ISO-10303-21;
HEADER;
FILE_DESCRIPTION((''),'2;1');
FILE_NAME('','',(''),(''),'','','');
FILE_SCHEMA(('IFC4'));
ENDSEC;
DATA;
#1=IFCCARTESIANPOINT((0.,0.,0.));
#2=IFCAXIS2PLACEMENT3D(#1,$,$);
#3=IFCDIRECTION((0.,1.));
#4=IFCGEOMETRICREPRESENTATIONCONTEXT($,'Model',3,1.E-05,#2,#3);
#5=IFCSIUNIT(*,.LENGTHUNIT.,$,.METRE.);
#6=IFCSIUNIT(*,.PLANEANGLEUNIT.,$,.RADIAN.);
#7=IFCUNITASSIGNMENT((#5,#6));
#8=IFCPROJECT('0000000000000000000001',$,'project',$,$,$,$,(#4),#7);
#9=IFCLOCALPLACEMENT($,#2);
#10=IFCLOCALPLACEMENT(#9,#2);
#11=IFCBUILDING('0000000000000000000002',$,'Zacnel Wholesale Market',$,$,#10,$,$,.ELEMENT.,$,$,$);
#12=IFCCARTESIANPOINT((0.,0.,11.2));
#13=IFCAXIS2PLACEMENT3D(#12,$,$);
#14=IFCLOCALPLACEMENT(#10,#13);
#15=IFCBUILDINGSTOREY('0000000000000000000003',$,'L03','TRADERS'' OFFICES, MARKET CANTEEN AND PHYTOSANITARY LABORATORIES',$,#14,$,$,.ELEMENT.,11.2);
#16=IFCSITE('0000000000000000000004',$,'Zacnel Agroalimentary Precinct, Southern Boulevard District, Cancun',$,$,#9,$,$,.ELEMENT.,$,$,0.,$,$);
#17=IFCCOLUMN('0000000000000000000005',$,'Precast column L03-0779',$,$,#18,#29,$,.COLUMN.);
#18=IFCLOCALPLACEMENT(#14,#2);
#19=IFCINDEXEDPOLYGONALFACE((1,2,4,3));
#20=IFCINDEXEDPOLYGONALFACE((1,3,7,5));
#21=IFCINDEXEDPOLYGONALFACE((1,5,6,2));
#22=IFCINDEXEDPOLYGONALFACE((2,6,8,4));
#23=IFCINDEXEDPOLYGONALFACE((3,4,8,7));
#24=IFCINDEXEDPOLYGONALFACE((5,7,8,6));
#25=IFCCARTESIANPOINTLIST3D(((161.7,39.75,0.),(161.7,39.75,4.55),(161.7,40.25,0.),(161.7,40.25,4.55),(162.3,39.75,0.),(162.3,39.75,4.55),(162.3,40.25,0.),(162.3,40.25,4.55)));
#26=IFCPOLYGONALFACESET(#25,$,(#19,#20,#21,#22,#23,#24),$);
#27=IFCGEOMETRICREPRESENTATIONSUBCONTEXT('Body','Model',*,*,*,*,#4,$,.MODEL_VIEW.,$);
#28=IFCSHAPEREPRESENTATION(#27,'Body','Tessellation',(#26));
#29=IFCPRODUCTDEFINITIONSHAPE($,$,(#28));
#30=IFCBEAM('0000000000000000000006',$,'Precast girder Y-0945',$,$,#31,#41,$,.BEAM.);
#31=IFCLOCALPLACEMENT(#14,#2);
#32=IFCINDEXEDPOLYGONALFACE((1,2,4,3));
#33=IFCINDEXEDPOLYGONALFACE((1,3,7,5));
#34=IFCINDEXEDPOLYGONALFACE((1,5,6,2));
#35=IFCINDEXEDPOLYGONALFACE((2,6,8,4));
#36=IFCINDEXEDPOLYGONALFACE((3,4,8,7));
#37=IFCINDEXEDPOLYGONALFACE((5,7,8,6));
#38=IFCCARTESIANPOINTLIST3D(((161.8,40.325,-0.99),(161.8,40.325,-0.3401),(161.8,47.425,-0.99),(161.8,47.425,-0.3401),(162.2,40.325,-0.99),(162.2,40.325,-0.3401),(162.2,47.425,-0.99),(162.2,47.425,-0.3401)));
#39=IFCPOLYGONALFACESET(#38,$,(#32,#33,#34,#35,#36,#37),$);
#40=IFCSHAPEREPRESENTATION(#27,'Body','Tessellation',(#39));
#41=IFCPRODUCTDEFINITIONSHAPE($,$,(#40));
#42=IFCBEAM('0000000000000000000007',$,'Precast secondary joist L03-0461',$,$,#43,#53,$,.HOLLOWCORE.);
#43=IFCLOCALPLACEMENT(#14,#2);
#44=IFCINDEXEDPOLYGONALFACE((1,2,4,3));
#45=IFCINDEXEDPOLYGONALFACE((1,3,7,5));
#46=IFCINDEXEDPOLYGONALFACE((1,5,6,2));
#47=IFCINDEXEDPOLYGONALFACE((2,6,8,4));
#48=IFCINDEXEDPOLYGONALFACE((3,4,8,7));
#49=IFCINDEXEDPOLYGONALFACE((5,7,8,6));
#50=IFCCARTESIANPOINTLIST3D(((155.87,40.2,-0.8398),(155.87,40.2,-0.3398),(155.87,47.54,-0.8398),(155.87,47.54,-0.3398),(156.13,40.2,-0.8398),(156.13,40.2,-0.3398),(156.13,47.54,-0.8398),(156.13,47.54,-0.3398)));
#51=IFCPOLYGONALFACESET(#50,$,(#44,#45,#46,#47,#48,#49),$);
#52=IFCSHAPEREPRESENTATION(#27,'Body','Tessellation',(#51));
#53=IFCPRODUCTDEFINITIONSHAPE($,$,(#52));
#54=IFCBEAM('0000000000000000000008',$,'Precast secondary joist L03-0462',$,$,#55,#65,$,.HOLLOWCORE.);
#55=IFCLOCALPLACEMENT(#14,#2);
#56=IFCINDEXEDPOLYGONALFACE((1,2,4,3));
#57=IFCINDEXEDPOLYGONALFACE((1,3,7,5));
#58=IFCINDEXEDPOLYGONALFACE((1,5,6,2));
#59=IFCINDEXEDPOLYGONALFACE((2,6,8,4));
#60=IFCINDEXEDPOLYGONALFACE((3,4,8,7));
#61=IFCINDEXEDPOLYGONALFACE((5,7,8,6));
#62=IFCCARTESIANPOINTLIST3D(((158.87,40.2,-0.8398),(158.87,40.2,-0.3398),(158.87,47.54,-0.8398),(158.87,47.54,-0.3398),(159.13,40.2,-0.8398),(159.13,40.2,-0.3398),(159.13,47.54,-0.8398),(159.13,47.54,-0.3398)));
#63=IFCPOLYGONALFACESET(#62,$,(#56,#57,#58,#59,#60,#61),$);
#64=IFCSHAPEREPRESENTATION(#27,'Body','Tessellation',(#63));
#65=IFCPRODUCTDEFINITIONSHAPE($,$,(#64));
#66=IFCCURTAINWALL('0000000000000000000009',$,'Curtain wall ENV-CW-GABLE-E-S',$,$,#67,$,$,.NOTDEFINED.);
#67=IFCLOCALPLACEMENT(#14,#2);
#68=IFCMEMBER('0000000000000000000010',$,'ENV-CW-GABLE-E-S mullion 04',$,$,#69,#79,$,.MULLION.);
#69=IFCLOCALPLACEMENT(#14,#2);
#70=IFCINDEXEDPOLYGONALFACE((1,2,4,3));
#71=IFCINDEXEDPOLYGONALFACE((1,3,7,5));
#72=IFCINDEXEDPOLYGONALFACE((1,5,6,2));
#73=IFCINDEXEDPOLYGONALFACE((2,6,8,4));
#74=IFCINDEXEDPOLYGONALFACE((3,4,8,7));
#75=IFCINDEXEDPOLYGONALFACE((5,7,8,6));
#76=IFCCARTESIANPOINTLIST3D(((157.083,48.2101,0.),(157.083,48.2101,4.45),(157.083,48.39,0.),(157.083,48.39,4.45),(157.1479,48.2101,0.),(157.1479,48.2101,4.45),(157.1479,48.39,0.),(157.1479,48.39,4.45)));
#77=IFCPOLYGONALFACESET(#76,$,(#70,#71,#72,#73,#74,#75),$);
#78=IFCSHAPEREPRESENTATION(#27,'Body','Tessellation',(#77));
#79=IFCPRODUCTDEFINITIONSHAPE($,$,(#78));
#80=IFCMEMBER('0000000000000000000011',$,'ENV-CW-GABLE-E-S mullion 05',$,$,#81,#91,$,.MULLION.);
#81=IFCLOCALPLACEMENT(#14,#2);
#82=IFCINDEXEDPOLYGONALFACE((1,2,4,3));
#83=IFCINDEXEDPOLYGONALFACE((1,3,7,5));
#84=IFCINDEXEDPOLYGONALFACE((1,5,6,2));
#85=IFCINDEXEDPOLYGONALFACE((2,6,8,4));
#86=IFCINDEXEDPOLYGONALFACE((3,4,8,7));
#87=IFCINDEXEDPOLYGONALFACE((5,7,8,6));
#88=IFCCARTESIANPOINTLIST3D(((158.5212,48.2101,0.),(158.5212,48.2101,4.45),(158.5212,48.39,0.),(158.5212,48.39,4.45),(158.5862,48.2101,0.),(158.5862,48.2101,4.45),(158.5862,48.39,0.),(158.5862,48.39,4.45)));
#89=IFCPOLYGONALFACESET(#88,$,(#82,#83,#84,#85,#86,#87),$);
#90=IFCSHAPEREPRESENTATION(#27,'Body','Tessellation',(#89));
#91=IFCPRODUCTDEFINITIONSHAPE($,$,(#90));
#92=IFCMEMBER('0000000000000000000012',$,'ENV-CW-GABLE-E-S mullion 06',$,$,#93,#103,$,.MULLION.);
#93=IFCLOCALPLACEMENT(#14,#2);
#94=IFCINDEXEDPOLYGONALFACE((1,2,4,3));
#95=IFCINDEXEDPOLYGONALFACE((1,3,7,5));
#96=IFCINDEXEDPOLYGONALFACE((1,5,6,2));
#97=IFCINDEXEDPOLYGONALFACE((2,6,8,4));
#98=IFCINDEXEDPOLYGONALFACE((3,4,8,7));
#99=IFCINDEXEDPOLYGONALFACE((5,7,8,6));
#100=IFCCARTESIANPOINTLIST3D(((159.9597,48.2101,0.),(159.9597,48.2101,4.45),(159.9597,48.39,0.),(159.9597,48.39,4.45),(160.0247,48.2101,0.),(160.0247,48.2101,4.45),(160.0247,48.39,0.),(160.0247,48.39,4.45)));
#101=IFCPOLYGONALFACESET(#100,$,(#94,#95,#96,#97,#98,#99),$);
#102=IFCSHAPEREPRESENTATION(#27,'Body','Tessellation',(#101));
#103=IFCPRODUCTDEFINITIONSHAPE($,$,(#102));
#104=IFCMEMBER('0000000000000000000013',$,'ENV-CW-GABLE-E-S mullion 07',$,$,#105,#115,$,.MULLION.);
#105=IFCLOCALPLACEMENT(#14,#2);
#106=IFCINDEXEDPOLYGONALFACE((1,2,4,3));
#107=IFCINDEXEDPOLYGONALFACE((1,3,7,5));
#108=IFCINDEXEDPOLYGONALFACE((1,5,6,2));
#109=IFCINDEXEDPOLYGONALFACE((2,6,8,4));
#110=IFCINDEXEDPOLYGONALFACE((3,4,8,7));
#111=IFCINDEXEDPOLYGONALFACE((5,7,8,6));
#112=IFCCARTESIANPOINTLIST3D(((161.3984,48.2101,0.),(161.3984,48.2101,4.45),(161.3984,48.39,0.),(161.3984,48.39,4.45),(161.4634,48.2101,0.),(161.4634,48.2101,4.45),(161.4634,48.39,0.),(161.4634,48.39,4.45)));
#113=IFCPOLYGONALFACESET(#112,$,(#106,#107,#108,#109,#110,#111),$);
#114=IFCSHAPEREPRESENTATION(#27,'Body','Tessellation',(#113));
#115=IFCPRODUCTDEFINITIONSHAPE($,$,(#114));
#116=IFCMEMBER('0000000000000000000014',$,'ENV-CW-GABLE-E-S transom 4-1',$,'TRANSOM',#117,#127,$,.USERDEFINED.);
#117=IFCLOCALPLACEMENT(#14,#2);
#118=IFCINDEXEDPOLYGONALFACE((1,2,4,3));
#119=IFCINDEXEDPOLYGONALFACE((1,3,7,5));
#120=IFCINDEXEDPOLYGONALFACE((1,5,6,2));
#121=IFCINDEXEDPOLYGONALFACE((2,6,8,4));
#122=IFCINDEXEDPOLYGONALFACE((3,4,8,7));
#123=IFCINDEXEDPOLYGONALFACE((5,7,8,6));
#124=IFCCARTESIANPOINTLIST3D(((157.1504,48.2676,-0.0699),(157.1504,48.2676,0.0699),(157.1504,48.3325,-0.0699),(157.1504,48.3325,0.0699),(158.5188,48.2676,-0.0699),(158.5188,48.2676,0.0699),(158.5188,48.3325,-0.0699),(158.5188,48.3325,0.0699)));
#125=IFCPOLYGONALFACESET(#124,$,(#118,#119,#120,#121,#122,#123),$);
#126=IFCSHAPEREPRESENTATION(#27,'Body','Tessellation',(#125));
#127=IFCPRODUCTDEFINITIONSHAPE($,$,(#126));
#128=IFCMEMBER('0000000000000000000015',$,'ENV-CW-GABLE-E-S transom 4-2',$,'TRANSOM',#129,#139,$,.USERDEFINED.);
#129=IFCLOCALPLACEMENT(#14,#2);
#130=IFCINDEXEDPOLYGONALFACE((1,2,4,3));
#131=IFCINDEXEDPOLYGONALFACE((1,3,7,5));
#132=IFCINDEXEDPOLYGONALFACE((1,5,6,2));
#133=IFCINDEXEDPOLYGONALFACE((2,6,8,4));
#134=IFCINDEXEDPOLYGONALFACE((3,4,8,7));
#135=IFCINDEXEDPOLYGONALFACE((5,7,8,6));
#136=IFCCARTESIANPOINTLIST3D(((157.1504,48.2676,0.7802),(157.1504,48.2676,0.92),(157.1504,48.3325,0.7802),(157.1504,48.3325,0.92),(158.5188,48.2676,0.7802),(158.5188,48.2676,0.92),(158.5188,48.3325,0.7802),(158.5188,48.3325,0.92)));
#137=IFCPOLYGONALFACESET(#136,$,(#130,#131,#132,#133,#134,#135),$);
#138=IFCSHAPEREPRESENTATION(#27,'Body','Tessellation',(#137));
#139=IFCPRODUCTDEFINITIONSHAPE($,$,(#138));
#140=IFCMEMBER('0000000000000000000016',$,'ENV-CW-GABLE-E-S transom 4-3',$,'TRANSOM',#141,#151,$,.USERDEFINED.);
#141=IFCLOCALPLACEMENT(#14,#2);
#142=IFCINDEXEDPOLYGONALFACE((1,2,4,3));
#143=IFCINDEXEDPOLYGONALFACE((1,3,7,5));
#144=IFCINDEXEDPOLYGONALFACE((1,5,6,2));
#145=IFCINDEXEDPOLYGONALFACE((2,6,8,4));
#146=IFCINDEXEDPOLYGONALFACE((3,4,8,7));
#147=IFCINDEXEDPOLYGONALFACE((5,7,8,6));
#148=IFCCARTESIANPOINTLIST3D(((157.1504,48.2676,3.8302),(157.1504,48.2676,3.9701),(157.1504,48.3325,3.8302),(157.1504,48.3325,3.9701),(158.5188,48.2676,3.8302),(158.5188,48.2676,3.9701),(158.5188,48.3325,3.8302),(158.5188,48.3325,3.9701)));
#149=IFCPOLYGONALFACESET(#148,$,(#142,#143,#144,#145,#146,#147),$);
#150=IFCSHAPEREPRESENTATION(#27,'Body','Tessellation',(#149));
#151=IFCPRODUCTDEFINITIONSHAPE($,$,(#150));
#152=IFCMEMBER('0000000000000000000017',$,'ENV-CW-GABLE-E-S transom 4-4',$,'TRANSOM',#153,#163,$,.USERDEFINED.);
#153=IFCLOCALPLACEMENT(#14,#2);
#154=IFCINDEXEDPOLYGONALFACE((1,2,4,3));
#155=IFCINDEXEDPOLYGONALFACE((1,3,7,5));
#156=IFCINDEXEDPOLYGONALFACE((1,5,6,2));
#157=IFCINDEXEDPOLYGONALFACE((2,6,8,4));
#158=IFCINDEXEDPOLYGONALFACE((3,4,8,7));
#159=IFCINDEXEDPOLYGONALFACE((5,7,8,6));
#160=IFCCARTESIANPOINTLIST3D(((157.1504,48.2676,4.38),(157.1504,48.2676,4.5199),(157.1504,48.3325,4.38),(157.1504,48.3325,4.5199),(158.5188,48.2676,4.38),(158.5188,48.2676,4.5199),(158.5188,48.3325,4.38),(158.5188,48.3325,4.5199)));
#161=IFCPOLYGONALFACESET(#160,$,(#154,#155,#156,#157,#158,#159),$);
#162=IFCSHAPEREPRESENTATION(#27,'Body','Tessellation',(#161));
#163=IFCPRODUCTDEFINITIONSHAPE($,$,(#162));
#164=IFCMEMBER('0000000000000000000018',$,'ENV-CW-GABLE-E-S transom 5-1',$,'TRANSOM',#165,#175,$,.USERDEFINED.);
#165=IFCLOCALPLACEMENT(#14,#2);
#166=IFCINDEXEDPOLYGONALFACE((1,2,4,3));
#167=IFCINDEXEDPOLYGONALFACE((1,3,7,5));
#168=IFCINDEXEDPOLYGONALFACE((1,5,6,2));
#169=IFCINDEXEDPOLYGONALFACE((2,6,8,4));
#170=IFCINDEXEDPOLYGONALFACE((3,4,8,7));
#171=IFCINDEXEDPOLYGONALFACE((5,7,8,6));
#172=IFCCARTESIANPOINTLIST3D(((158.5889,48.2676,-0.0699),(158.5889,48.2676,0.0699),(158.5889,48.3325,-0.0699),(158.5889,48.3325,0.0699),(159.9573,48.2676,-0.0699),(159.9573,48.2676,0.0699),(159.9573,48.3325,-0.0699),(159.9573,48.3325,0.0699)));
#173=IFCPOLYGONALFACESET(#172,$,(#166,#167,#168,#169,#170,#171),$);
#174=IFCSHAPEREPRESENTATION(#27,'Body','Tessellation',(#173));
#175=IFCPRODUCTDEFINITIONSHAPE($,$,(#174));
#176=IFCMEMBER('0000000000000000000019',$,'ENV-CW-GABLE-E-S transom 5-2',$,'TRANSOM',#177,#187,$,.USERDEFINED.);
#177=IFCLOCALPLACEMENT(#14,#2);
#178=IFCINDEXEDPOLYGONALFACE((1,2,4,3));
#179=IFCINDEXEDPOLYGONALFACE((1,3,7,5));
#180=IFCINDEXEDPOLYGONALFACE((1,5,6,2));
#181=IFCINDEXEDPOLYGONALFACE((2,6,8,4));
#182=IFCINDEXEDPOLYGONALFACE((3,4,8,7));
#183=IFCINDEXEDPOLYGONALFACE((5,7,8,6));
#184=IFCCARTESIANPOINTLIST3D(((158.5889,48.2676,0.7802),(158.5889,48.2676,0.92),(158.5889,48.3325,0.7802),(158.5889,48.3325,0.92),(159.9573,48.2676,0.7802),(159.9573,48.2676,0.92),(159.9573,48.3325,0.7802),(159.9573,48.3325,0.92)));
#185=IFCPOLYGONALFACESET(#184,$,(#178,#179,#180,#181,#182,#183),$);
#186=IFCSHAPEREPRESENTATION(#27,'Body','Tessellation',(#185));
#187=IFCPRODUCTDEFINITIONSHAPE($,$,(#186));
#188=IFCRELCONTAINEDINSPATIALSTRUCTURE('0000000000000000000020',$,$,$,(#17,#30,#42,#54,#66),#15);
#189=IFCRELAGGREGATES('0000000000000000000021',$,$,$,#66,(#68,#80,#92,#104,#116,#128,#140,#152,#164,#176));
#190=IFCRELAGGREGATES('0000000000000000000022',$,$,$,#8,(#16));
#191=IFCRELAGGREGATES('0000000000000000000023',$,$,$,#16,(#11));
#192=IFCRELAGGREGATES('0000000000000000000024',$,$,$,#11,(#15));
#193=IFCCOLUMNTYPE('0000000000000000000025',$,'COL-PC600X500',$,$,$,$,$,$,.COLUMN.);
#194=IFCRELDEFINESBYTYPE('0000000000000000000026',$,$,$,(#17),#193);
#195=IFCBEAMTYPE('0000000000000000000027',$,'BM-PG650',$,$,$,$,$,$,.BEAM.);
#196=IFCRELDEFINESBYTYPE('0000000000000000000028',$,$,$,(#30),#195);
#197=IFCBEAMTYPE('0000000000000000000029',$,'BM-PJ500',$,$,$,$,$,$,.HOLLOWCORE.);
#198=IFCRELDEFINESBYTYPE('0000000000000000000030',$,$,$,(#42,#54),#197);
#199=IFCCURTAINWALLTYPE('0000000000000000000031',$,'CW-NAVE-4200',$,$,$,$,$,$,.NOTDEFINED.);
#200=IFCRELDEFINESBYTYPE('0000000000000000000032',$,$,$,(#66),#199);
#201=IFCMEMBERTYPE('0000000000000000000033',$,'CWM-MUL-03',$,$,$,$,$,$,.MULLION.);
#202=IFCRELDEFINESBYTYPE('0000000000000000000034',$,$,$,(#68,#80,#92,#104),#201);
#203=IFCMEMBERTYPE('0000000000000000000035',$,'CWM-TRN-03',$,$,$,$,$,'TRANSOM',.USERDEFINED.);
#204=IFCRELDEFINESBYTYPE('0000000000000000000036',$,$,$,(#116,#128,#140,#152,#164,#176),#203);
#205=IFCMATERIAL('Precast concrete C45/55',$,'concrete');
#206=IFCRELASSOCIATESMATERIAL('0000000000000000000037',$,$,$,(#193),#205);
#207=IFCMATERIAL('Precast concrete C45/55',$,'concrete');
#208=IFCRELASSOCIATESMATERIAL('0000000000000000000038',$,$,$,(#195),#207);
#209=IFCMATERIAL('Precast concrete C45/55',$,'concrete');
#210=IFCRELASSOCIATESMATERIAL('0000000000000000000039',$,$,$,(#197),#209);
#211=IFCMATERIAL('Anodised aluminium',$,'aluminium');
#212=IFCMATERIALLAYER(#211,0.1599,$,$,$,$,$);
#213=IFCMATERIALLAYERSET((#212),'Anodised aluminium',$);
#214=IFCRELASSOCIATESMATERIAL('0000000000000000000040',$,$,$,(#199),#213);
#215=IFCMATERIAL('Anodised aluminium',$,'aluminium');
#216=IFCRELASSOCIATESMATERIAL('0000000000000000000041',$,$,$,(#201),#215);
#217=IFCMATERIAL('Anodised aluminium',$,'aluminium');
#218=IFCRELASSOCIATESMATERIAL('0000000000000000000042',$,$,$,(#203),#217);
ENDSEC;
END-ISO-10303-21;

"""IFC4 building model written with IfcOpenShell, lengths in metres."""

from ifc_helpers import new_model, si_unit, direction, frame, origin, origin_2d, place, context, subcontext, project, spatial, rectangle, extrude, material, layer, layer_set, material_profile, profile_set, type_object, element, aggregate, save


model = new_model("IFC4")

# Units and contexts
model_context = context("Model", 3, precision=1e-05, world=origin(), true_north=direction((0.0, 1.0)))
body_context = subcontext(model_context, "Body", "Model", "MODEL_VIEW")
ifc_project = project(units=[si_unit("LENGTHUNIT", "METRE"), si_unit("PLANEANGLEUNIT", "RADIAN")], contexts=[model_context])

# Site, building, storey
site_placement = place(None, origin())
site = spatial("IfcSite", under=ifc_project, at=site_placement, Name="Zacnel Agroalimentary Precinct, Southern Boulevard District, Cancun", CompositionType="ELEMENT", RefElevation=0.0)
building_placement = place(site_placement, origin())
building = spatial("IfcBuilding", under=site, at=building_placement, Name="Zacnel Wholesale Market", CompositionType="ELEMENT")
storey_placement = place(building_placement, frame((0.0, 0.0, 11.2)))
storey = spatial("IfcBuildingStorey", under=building, at=storey_placement, Name="L03", Description="TRADERS' OFFICES, MARKET CANTEEN AND PHYTOSANITARY LABORATORIES", CompositionType="ELEMENT", Elevation=11.2)

# Column
ifc_material_1 = material(Name="Precast concrete C45/55", Category="concrete")
ifc_material_profile_1 = material_profile(ifc_material_1, rectangle(XDim=0.6001, YDim=0.5, at=origin_2d()), Name="PC 600x500")
ifc_profile_set_1 = profile_set([ifc_material_profile_1], Name="Precast concrete C45/55")
column_type = type_object("IfcColumnType", Name="COL-PC600X500", PredefinedType="COLUMN", material=ifc_profile_set_1)
column_placement = place(storey_placement, frame((162.0, 40.0, 0.0), z_axis=(0.0, 0.0, 1.0), x_axis=(1.0, 0.0, 0.0)))
element("IfcColumn", 1, at=column_placement, inside=storey, type_object=column_type, Name="Precast column L03-0779", PredefinedType="COLUMN", context=body_context, shape_type="SweptSolid", body=[
    extrude(rectangle(XDim=0.6001, YDim=0.5, at=origin_2d()), origin(), (0.0, 0.0, 1.0), 4.55),
])

# Beams
ifc_material_2 = material(Name="Precast concrete C45/55", Category="concrete")
ifc_material_profile_2 = material_profile(ifc_material_2, rectangle(XDim=0.3999, YDim=0.6499, at=origin_2d()), Name="PG 400x650")
ifc_profile_set_2 = profile_set([ifc_material_profile_2], Name="Precast concrete C45/55")
beam_type_1 = type_object("IfcBeamType", Name="BM-PG650", PredefinedType="BEAM", material=ifc_profile_set_2)
beam_placement = place(storey_placement, frame((162.0, 40.325, -0.665), z_axis=(0.0, 1.0, 0.0), x_axis=(-1.0, 0.0, 0.0)))
element("IfcBeam", 2, at=beam_placement, inside=storey, type_object=beam_type_1, Name="Precast girder Y-0945", PredefinedType="BEAM", context=body_context, shape_type="SweptSolid", body=[
    extrude(rectangle(XDim=0.3999, YDim=0.6499, at=origin_2d()), origin(), (0.0, 0.0, 1.0), 7.1001),
])
ifc_material_3 = material(Name="Precast concrete C45/55", Category="concrete")
ifc_material_profile_3 = material_profile(ifc_material_3, rectangle(XDim=0.26, YDim=0.5, at=origin_2d()), Name="PJ 260x500")
ifc_profile_set_3 = profile_set([ifc_material_profile_3], Name="Precast concrete C45/55")
beam_type_2 = type_object("IfcBeamType", Name="BM-PJ500", PredefinedType="HOLLOWCORE", material=ifc_profile_set_3)
for number, where, z_axis, x_axis, name in (
    (3, (156.0, 40.2, -0.5898), (0.0, 1.0, 0.0), (-1.0, 0.0, 0.0), "Precast secondary joist L03-0461"),
    (4, (159.0, 40.2, -0.5898), (0.0, 1.0, 0.0), (-1.0, 0.0, 0.0), "Precast secondary joist L03-0462"),
):
    element("IfcBeam", number, at=place(storey_placement, frame(where, z_axis=z_axis, x_axis=x_axis)), inside=storey, type_object=beam_type_2, Name=name, PredefinedType="HOLLOWCORE", context=body_context, shape_type="SweptSolid", body=[
        extrude(rectangle(XDim=0.26, YDim=0.5, at=origin_2d()), origin(), (0.0, 0.0, 1.0), 7.3401),
    ])

# Curtain wall, members
ifc_material_4 = material(Name="Anodised aluminium", Category="aluminium")
ifc_layer_1 = layer(ifc_material_4, 0.1599)
ifc_layer_set_1 = layer_set([ifc_layer_1], Name="Anodised aluminium")
curtain_wall_type = type_object("IfcCurtainWallType", Name="CW-NAVE-4200", PredefinedType="NOTDEFINED", material=ifc_layer_set_1)
curtain_wall_placement = place(storey_placement, origin())
curtain_wall = element("IfcCurtainWall", 5, at=curtain_wall_placement, inside=storey, type_object=curtain_wall_type, Name="Curtain wall ENV-CW-GABLE-E-S", PredefinedType="NOTDEFINED")
ifc_material_5 = material(Name="Anodised aluminium", Category="aluminium")
ifc_material_profile_4 = material_profile(ifc_material_5, rectangle(XDim=0.0649, YDim=0.1799, at=origin_2d()), Name="AW-MULLION 65x180")
ifc_profile_set_4 = profile_set([ifc_material_profile_4], Name="Anodised aluminium")
member_type_1 = type_object("IfcMemberType", Name="CWM-MUL-03", PredefinedType="MULLION", material=ifc_profile_set_4)
member_1_placement = place(storey_placement, frame((157.1155, 48.3, 0.0), z_axis=(0.0, 0.0, 1.0), x_axis=(1.0, 0.0, 0.0)))
member_1 = element("IfcMember", 6, at=member_1_placement, type_object=member_type_1, Name="ENV-CW-GABLE-E-S mullion 04", PredefinedType="MULLION", context=body_context, shape_type="SweptSolid", body=[
    extrude(rectangle(XDim=0.0649, YDim=0.1799, at=origin_2d()), origin(), (0.0, 0.0, 1.0), 4.45),
])
member_2_placement = place(storey_placement, frame((158.5537, 48.3, 0.0), z_axis=(0.0, 0.0, 1.0), x_axis=(1.0, 0.0, 0.0)))
member_2 = element("IfcMember", 7, at=member_2_placement, type_object=member_type_1, Name="ENV-CW-GABLE-E-S mullion 05", PredefinedType="MULLION", context=body_context, shape_type="SweptSolid", body=[
    extrude(rectangle(XDim=0.0649, YDim=0.1799, at=origin_2d()), origin(), (0.0, 0.0, 1.0), 4.45),
])
member_3_placement = place(storey_placement, frame((159.9922, 48.3, 0.0), z_axis=(0.0, 0.0, 1.0), x_axis=(1.0, 0.0, 0.0)))
member_3 = element("IfcMember", 8, at=member_3_placement, type_object=member_type_1, Name="ENV-CW-GABLE-E-S mullion 06", PredefinedType="MULLION", context=body_context, shape_type="SweptSolid", body=[
    extrude(rectangle(XDim=0.0649, YDim=0.1799, at=origin_2d()), origin(), (0.0, 0.0, 1.0), 4.45),
])
member_4_placement = place(storey_placement, frame((161.4309, 48.3, 0.0), z_axis=(0.0, 0.0, 1.0), x_axis=(1.0, 0.0, 0.0)))
member_4 = element("IfcMember", 9, at=member_4_placement, type_object=member_type_1, Name="ENV-CW-GABLE-E-S mullion 07", PredefinedType="MULLION", context=body_context, shape_type="SweptSolid", body=[
    extrude(rectangle(XDim=0.0649, YDim=0.1799, at=origin_2d()), origin(), (0.0, 0.0, 1.0), 4.45),
])
ifc_material_6 = material(Name="Anodised aluminium", Category="aluminium")
ifc_material_profile_5 = material_profile(ifc_material_6, rectangle(XDim=0.0649, YDim=0.1399, at=origin_2d()), Name="AW-TRANSOM 65x140")
ifc_profile_set_5 = profile_set([ifc_material_profile_5], Name="Anodised aluminium")
member_type_2 = type_object("IfcMemberType", Name="CWM-TRN-03", ElementType="TRANSOM", PredefinedType="USERDEFINED", material=ifc_profile_set_5)
member_5_placement = place(storey_placement, frame((157.1504, 48.3, 0.0), z_axis=(1.0, 0.0, 0.0), x_axis=(0.0, 1.0, 0.0)))
member_5 = element("IfcMember", 10, at=member_5_placement, type_object=member_type_2, Name="ENV-CW-GABLE-E-S transom 4-1", ObjectType="TRANSOM", PredefinedType="USERDEFINED", context=body_context, shape_type="SweptSolid", body=[
    extrude(rectangle(XDim=0.0649, YDim=0.1399, at=origin_2d()), origin(), (0.0, 0.0, 1.0), 1.3684),
])
member_6_placement = place(storey_placement, frame((157.1504, 48.3, 0.8501), z_axis=(1.0, 0.0, 0.0), x_axis=(0.0, 1.0, 0.0)))
member_6 = element("IfcMember", 11, at=member_6_placement, type_object=member_type_2, Name="ENV-CW-GABLE-E-S transom 4-2", ObjectType="TRANSOM", PredefinedType="USERDEFINED", context=body_context, shape_type="SweptSolid", body=[
    extrude(rectangle(XDim=0.0649, YDim=0.1399, at=origin_2d()), origin(), (0.0, 0.0, 1.0), 1.3684),
])
member_7_placement = place(storey_placement, frame((157.1504, 48.3, 3.9001), z_axis=(1.0, 0.0, 0.0), x_axis=(0.0, 1.0, 0.0)))
member_7 = element("IfcMember", 12, at=member_7_placement, type_object=member_type_2, Name="ENV-CW-GABLE-E-S transom 4-3", ObjectType="TRANSOM", PredefinedType="USERDEFINED", context=body_context, shape_type="SweptSolid", body=[
    extrude(rectangle(XDim=0.0649, YDim=0.1399, at=origin_2d()), origin(), (0.0, 0.0, 1.0), 1.3684),
])
member_8_placement = place(storey_placement, frame((157.1504, 48.3, 4.45), z_axis=(1.0, 0.0, 0.0), x_axis=(0.0, 1.0, 0.0)))
member_8 = element("IfcMember", 13, at=member_8_placement, type_object=member_type_2, Name="ENV-CW-GABLE-E-S transom 4-4", ObjectType="TRANSOM", PredefinedType="USERDEFINED", context=body_context, shape_type="SweptSolid", body=[
    extrude(rectangle(XDim=0.0649, YDim=0.1399, at=origin_2d()), origin(), (0.0, 0.0, 1.0), 1.3684),
])
member_9_placement = place(storey_placement, frame((158.5889, 48.3, 0.0), z_axis=(1.0, 0.0, 0.0), x_axis=(0.0, 1.0, 0.0)))
member_9 = element("IfcMember", 14, at=member_9_placement, type_object=member_type_2, Name="ENV-CW-GABLE-E-S transom 5-1", ObjectType="TRANSOM", PredefinedType="USERDEFINED", context=body_context, shape_type="SweptSolid", body=[
    extrude(rectangle(XDim=0.0649, YDim=0.1399, at=origin_2d()), origin(), (0.0, 0.0, 1.0), 1.3684),
])
member_10_placement = place(storey_placement, frame((158.5889, 48.3, 0.8501), z_axis=(1.0, 0.0, 0.0), x_axis=(0.0, 1.0, 0.0)))
member_10 = element("IfcMember", 15, at=member_10_placement, type_object=member_type_2, Name="ENV-CW-GABLE-E-S transom 5-2", ObjectType="TRANSOM", PredefinedType="USERDEFINED", context=body_context, shape_type="SweptSolid", body=[
    extrude(rectangle(XDim=0.0649, YDim=0.1399, at=origin_2d()), origin(), (0.0, 0.0, 1.0), 1.3684),
])
aggregate(curtain_wall, [member_1, member_2, member_3, member_4, member_5, member_6, member_7, member_8, member_9, member_10])

save(model, "model.ifc")
